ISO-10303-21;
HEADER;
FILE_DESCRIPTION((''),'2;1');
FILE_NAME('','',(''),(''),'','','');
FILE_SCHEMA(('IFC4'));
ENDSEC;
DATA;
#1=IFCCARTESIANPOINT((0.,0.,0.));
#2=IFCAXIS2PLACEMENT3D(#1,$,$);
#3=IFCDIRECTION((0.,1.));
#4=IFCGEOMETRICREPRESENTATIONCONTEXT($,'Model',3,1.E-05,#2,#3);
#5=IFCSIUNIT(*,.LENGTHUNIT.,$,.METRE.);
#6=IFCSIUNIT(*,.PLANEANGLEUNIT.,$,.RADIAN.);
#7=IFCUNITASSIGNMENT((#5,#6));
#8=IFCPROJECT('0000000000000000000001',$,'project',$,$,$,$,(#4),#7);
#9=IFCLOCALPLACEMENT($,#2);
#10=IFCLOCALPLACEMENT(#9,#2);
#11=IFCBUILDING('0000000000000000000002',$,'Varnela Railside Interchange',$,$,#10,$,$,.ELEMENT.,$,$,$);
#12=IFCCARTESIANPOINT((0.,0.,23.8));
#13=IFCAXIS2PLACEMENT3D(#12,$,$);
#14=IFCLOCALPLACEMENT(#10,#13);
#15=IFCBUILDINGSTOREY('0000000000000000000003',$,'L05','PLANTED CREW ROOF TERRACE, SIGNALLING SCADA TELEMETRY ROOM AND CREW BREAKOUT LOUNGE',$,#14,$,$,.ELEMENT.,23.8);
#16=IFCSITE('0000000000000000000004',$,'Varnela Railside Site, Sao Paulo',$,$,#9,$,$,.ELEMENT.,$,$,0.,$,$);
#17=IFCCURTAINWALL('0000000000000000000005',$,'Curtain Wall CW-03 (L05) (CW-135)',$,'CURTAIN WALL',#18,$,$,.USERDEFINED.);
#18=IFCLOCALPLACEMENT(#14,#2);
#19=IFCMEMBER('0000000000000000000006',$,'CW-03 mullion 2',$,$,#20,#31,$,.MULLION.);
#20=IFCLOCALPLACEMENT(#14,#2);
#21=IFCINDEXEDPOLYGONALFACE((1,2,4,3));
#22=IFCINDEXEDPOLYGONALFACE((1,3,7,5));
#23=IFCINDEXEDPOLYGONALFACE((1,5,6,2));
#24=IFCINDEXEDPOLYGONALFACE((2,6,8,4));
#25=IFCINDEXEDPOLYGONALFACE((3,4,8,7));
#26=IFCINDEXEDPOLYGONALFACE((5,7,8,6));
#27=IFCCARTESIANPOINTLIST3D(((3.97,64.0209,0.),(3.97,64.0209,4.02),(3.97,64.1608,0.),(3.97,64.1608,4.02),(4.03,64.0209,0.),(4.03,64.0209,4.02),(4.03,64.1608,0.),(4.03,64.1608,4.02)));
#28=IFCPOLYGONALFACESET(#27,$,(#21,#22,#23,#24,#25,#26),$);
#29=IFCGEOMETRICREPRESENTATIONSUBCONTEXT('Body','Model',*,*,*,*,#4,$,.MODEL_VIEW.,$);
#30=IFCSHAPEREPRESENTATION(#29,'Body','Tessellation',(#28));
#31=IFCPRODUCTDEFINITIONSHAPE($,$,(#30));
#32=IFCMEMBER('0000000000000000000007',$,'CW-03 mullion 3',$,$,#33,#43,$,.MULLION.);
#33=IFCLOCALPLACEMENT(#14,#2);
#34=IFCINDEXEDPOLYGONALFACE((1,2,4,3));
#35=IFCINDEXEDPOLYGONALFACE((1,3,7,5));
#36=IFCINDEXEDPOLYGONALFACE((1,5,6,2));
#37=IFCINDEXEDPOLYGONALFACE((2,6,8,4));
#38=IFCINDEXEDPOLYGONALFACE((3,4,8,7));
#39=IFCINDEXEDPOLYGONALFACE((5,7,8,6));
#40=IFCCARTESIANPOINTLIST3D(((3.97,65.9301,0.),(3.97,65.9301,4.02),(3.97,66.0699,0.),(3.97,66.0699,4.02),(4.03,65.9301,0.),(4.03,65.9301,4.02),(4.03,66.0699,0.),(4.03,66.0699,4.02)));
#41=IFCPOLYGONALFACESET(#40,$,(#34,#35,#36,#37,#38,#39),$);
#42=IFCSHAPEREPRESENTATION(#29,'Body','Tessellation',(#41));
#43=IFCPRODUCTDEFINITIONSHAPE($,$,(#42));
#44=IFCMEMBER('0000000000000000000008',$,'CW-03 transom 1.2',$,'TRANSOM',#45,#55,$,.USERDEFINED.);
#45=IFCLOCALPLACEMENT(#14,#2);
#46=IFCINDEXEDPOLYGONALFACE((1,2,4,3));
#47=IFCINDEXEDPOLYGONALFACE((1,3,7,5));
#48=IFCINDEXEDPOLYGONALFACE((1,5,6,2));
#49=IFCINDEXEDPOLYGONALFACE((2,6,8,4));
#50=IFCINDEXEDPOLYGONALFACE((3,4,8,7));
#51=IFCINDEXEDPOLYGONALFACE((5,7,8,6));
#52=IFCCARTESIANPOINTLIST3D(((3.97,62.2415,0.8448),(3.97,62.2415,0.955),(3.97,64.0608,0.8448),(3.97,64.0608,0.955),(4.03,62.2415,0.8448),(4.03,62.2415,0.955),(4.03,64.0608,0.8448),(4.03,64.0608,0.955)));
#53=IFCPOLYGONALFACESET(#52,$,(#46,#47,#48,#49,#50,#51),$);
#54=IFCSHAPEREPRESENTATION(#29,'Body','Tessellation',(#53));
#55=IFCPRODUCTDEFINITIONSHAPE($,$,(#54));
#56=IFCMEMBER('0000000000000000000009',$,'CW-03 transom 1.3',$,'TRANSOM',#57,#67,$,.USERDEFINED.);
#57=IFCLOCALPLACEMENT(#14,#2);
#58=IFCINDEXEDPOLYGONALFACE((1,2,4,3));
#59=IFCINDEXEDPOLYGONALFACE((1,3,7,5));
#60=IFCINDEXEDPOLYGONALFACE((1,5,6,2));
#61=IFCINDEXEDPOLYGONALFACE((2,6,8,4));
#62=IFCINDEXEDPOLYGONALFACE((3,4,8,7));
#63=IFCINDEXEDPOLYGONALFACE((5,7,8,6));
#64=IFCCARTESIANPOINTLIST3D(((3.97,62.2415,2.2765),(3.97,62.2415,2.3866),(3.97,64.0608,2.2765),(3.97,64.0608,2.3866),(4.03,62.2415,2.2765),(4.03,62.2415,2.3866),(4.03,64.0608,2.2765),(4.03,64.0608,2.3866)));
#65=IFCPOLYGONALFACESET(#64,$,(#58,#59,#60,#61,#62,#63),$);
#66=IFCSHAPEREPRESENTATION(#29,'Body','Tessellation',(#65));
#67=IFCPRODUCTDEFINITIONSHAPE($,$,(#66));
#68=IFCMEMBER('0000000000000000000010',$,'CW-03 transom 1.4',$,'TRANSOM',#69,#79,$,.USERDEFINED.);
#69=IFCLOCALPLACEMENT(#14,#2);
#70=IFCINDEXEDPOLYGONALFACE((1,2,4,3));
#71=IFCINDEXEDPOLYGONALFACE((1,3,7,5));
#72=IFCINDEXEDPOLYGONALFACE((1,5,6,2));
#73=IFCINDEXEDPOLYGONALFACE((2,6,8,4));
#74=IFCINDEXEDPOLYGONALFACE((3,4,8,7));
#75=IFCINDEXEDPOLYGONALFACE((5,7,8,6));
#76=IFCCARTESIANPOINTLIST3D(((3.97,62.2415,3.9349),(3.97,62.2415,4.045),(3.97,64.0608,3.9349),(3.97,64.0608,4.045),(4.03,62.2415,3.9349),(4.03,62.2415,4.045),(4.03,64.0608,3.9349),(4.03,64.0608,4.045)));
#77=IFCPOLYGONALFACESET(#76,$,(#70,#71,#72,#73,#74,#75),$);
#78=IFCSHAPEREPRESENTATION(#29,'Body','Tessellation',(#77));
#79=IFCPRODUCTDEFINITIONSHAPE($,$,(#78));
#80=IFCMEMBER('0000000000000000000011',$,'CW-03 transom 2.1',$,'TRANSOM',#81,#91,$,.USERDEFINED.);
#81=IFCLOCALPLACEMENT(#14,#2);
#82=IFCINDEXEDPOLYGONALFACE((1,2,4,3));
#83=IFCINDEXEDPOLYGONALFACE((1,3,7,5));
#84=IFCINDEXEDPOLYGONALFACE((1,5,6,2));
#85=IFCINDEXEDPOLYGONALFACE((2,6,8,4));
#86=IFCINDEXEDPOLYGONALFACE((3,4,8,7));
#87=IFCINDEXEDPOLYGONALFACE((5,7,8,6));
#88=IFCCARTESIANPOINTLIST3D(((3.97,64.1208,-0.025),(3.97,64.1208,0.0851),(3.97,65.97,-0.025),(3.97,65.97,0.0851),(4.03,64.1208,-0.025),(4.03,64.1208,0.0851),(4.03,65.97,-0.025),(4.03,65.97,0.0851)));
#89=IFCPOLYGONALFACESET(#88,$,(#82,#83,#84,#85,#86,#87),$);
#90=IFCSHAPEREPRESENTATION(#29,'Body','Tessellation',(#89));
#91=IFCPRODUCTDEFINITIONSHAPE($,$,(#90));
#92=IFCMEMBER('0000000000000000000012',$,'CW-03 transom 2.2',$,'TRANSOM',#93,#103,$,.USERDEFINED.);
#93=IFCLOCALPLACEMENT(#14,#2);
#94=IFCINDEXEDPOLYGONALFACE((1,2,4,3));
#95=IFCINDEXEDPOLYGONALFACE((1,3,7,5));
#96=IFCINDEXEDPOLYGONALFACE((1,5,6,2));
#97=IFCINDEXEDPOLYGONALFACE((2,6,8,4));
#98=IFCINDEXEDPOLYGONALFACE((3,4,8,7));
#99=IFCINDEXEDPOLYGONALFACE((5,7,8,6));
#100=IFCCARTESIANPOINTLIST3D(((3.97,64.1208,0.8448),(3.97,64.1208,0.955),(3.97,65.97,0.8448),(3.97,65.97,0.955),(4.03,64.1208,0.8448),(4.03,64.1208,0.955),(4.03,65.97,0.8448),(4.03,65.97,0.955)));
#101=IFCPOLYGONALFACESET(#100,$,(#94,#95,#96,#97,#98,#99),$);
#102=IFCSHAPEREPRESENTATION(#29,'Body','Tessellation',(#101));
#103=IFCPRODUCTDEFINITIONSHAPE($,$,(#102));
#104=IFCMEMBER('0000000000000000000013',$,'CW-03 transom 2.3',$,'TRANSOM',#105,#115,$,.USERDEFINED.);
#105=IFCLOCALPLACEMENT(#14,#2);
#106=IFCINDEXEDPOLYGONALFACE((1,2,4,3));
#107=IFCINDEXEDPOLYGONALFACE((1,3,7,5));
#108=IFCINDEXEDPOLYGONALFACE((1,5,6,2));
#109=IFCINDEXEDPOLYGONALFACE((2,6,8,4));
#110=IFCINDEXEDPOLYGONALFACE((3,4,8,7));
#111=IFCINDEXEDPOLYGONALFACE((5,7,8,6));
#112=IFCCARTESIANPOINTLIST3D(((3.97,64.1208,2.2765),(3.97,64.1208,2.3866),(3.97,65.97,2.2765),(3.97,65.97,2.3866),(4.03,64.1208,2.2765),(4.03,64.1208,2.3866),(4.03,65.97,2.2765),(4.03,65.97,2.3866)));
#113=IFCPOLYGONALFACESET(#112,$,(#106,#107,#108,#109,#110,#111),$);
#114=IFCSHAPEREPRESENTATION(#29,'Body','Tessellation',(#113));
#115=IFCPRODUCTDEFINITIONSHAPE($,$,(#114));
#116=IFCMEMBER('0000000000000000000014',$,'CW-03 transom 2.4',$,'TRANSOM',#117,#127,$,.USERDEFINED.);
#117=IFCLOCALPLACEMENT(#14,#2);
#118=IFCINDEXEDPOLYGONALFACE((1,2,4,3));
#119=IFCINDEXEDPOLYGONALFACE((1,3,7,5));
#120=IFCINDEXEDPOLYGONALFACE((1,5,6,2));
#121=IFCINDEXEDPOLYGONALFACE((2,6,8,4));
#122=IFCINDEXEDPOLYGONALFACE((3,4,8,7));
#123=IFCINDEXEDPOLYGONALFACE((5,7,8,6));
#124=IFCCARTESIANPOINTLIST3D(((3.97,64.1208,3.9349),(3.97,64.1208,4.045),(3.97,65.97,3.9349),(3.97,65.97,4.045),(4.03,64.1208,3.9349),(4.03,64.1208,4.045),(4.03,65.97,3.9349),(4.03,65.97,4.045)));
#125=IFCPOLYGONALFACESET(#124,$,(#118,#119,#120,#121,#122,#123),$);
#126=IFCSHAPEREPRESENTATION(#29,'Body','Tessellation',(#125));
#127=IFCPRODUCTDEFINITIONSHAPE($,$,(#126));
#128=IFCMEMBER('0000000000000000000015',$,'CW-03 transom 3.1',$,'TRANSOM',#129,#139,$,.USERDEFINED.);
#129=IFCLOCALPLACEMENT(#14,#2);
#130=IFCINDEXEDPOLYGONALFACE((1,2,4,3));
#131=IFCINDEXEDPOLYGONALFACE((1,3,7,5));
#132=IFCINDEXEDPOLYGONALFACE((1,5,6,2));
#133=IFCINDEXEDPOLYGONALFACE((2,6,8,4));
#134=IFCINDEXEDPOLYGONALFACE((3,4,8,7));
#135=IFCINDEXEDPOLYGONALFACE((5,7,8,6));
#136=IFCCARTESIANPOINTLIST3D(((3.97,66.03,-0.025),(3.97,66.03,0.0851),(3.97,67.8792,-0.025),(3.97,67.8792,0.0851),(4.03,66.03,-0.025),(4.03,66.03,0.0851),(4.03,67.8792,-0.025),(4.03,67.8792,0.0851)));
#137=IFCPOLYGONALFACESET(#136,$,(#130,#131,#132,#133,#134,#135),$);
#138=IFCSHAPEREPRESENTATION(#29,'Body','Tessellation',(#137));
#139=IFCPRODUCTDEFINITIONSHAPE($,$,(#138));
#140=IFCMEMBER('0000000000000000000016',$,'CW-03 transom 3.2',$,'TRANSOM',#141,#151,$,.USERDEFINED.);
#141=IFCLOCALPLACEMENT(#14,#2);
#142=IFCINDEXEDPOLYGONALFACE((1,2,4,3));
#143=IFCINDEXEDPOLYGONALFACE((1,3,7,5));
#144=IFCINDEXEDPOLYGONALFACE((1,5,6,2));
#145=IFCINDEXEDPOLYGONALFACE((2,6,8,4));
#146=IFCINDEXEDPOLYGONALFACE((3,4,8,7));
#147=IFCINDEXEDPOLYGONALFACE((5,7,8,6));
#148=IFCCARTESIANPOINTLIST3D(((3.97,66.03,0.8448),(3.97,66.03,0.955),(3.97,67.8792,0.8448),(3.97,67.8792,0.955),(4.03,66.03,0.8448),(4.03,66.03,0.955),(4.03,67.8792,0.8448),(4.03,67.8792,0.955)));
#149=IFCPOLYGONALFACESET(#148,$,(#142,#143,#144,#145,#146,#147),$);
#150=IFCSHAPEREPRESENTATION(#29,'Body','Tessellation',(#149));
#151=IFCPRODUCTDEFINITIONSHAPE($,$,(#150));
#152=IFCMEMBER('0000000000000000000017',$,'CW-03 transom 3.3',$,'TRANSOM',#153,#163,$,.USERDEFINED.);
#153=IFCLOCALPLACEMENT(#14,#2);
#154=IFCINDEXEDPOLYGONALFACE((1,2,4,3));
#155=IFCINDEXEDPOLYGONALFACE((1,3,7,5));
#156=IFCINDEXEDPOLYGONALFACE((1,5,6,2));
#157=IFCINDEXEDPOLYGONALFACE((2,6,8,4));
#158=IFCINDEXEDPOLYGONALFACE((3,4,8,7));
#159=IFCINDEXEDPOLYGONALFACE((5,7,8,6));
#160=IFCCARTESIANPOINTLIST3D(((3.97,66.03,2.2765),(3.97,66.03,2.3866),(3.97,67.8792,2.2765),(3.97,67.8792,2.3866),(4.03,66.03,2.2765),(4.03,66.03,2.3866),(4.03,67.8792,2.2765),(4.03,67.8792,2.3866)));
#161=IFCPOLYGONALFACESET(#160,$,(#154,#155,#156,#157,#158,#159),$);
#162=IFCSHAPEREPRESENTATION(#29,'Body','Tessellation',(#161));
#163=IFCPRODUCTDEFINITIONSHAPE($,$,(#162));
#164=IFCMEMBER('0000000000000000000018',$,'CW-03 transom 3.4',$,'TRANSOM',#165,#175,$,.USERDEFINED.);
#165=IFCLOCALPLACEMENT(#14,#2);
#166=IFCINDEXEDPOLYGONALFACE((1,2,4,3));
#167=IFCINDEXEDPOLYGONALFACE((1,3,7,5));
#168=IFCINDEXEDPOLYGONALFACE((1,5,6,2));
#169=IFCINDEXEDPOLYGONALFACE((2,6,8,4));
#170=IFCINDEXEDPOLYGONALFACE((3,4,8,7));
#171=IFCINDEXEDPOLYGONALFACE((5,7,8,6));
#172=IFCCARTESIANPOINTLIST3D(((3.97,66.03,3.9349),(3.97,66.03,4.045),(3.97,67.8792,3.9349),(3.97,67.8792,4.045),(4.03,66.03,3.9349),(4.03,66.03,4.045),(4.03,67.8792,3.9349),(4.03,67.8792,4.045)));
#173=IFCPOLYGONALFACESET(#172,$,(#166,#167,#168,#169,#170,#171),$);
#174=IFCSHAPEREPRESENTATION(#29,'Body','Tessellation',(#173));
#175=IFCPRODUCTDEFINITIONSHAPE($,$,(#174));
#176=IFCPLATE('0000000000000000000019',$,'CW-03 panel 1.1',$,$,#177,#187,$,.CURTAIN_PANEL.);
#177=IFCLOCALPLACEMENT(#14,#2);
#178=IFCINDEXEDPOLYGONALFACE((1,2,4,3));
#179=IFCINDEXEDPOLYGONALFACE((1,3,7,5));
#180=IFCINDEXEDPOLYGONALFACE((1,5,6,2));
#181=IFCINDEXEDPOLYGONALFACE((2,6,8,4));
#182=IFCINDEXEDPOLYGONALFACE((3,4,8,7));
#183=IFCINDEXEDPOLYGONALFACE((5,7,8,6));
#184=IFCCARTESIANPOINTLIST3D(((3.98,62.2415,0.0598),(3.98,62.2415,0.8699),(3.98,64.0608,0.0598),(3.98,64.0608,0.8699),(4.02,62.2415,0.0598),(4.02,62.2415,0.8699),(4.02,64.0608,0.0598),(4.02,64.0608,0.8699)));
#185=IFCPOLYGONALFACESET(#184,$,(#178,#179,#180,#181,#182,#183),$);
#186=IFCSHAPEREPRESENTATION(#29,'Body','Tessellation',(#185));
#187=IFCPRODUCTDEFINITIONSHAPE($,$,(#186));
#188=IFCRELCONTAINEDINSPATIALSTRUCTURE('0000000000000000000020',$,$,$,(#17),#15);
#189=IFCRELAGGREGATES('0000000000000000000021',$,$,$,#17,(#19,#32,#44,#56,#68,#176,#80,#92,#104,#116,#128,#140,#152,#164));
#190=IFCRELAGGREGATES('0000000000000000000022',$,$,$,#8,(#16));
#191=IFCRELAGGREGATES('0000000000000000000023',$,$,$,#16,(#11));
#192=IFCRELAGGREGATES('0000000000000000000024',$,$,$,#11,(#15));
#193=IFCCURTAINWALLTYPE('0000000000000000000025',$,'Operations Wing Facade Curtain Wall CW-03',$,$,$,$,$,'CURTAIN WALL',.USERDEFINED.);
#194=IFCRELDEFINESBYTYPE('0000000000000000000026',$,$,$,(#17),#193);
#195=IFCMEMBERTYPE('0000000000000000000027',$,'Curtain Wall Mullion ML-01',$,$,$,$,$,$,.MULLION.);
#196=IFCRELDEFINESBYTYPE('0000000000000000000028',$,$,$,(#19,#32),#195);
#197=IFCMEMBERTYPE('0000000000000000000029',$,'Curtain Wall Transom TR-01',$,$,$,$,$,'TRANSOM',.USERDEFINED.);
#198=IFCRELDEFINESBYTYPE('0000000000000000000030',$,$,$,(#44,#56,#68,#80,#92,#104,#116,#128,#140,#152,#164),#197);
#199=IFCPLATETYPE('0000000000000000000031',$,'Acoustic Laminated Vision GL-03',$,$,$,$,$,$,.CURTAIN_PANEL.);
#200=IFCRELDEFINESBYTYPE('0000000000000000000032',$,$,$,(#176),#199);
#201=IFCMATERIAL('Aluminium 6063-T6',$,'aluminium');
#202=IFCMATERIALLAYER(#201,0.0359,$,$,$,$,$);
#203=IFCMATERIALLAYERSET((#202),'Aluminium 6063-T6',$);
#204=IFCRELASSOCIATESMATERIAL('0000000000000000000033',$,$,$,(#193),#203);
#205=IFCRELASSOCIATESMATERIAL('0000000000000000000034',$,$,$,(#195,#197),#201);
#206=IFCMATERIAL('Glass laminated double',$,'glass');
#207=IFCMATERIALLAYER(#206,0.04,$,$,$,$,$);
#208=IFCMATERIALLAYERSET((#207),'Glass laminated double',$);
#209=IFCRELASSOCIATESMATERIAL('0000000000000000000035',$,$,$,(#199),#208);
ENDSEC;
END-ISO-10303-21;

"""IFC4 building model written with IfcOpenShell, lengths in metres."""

from ifc_helpers import new_model, si_unit, direction, frame, origin, origin_2d, place, context, subcontext, project, spatial, rectangle, extrude, material, layer, layer_set, material_profile, profile_set, type_object, element, aggregate, save


model = new_model("IFC4")

# Units and contexts
model_context = context("Model", 3, precision=1e-05, world=origin(), true_north=direction((0.0, 1.0)))
body_context = subcontext(model_context, "Body", "Model", "MODEL_VIEW")
ifc_project = project(units=[si_unit("LENGTHUNIT", "METRE"), si_unit("PLANEANGLEUNIT", "RADIAN")], contexts=[model_context])

# Site, building, storey
site_placement = place(None, origin())
site = spatial("IfcSite", under=ifc_project, at=site_placement, Name="Varnela Railside Site, Sao Paulo", CompositionType="ELEMENT", RefElevation=0.0)
building_placement = place(site_placement, origin())
building = spatial("IfcBuilding", under=site, at=building_placement, Name="Varnela Railside Interchange", CompositionType="ELEMENT")
storey_placement = place(building_placement, frame((0.0, 0.0, 23.8)))
storey = spatial("IfcBuildingStorey", under=building, at=storey_placement, Name="L05", Description="PLANTED CREW ROOF TERRACE, SIGNALLING SCADA TELEMETRY ROOM AND CREW BREAKOUT LOUNGE", CompositionType="ELEMENT", Elevation=23.8)

# Curtain wall, members, plate
ifc_material_1 = material(Name="Aluminium 6063-T6", Category="aluminium")
ifc_layer_1 = layer(ifc_material_1, 0.0359)
ifc_layer_set_1 = layer_set([ifc_layer_1], Name="Aluminium 6063-T6")
curtain_wall_type = type_object("IfcCurtainWallType", Name="Operations Wing Facade Curtain Wall CW-03", ElementType="CURTAIN WALL", PredefinedType="USERDEFINED", material=ifc_layer_set_1)
curtain_wall_placement = place(storey_placement, origin())
curtain_wall = element("IfcCurtainWall", 1, at=curtain_wall_placement, inside=storey, type_object=curtain_wall_type, Name="Curtain Wall CW-03 (L05) (CW-135)", ObjectType="CURTAIN WALL", PredefinedType="USERDEFINED")
ifc_material_profile_1 = material_profile(ifc_material_1, rectangle(XDim=0.0601, YDim=0.1399, at=origin_2d()), Name="ALU 60x140")
ifc_profile_set_1 = profile_set([ifc_material_profile_1], Name="Aluminium 6063-T6")
member_type_1 = type_object("IfcMemberType", Name="Curtain Wall Mullion ML-01", PredefinedType="MULLION", material=ifc_profile_set_1)
member_1_placement = place(storey_placement, frame((4.0, 64.0908, 0.0), z_axis=(0.0, 0.0, 1.0), x_axis=(-1.0, 0.0, 0.0)))
member_1 = element("IfcMember", 2, at=member_1_placement, type_object=member_type_1, Name="CW-03 mullion 2", PredefinedType="MULLION", context=body_context, shape_type="SweptSolid", body=[
    extrude(rectangle(XDim=0.0601, YDim=0.1399, at=origin_2d()), origin(), (0.0, 0.0, 1.0), 4.02),
])
member_2_placement = place(storey_placement, frame((4.0, 66.0, 0.0), z_axis=(0.0, 0.0, 1.0), x_axis=(-1.0, 0.0, 0.0)))
member_2 = element("IfcMember", 3, at=member_2_placement, type_object=member_type_1, Name="CW-03 mullion 3", PredefinedType="MULLION", context=body_context, shape_type="SweptSolid", body=[
    extrude(rectangle(XDim=0.0601, YDim=0.1399, at=origin_2d()), origin(), (0.0, 0.0, 1.0), 4.02),
])
ifc_material_profile_2 = material_profile(ifc_material_1, rectangle(XDim=0.0601, YDim=0.1101, at=origin_2d()), Name="ALU 60x110")
ifc_profile_set_2 = profile_set([ifc_material_profile_2], Name="Aluminium 6063-T6")
member_type_2 = type_object("IfcMemberType", Name="Curtain Wall Transom TR-01", ElementType="TRANSOM", PredefinedType="USERDEFINED", material=ifc_profile_set_2)
member_3_placement = place(storey_placement, frame((4.0, 62.2415, 0.8999), z_axis=(0.0, 1.0, 0.0), x_axis=(-1.0, 0.0, 0.0)))
member_3 = element("IfcMember", 4, at=member_3_placement, type_object=member_type_2, Name="CW-03 transom 1.2", ObjectType="TRANSOM", PredefinedType="USERDEFINED", context=body_context, shape_type="SweptSolid", body=[
    extrude(rectangle(XDim=0.0601, YDim=0.1101, at=origin_2d()), origin(), (0.0, 0.0, 1.0), 1.8193),
])
member_4_placement = place(storey_placement, frame((4.0, 62.2415, 2.3315), z_axis=(0.0, 1.0, 0.0), x_axis=(-1.0, 0.0, 0.0)))
member_4 = element("IfcMember", 5, at=member_4_placement, type_object=member_type_2, Name="CW-03 transom 1.3", ObjectType="TRANSOM", PredefinedType="USERDEFINED", context=body_context, shape_type="SweptSolid", body=[
    extrude(rectangle(XDim=0.0601, YDim=0.1101, at=origin_2d()), origin(), (0.0, 0.0, 1.0), 1.8193),
])
member_5_placement = place(storey_placement, frame((4.0, 62.2415, 3.99), z_axis=(0.0, 1.0, 0.0), x_axis=(-1.0, 0.0, 0.0)))
member_5 = element("IfcMember", 6, at=member_5_placement, type_object=member_type_2, Name="CW-03 transom 1.4", ObjectType="TRANSOM", PredefinedType="USERDEFINED", context=body_context, shape_type="SweptSolid", body=[
    extrude(rectangle(XDim=0.0601, YDim=0.1101, at=origin_2d()), origin(), (0.0, 0.0, 1.0), 1.8193),
])
member_6_placement = place(storey_placement, frame((4.0, 64.1208, 0.03), z_axis=(0.0, 1.0, 0.0), x_axis=(-1.0, 0.0, 0.0)))
member_6 = element("IfcMember", 7, at=member_6_placement, type_object=member_type_2, Name="CW-03 transom 2.1", ObjectType="TRANSOM", PredefinedType="USERDEFINED", context=body_context, shape_type="SweptSolid", body=[
    extrude(rectangle(XDim=0.0601, YDim=0.1101, at=origin_2d()), origin(), (0.0, 0.0, 1.0), 1.8491),
])
member_7_placement = place(storey_placement, frame((4.0, 64.1208, 0.8999), z_axis=(0.0, 1.0, 0.0), x_axis=(-1.0, 0.0, 0.0)))
member_7 = element("IfcMember", 8, at=member_7_placement, type_object=member_type_2, Name="CW-03 transom 2.2", ObjectType="TRANSOM", PredefinedType="USERDEFINED", context=body_context, shape_type="SweptSolid", body=[
    extrude(rectangle(XDim=0.0601, YDim=0.1101, at=origin_2d()), origin(), (0.0, 0.0, 1.0), 1.8491),
])
member_8_placement = place(storey_placement, frame((4.0, 64.1208, 2.3315), z_axis=(0.0, 1.0, 0.0), x_axis=(-1.0, 0.0, 0.0)))
member_8 = element("IfcMember", 9, at=member_8_placement, type_object=member_type_2, Name="CW-03 transom 2.3", ObjectType="TRANSOM", PredefinedType="USERDEFINED", context=body_context, shape_type="SweptSolid", body=[
    extrude(rectangle(XDim=0.0601, YDim=0.1101, at=origin_2d()), origin(), (0.0, 0.0, 1.0), 1.8491),
])
member_9_placement = place(storey_placement, frame((4.0, 64.1208, 3.99), z_axis=(0.0, 1.0, 0.0), x_axis=(-1.0, 0.0, 0.0)))
member_9 = element("IfcMember", 10, at=member_9_placement, type_object=member_type_2, Name="CW-03 transom 2.4", ObjectType="TRANSOM", PredefinedType="USERDEFINED", context=body_context, shape_type="SweptSolid", body=[
    extrude(rectangle(XDim=0.0601, YDim=0.1101, at=origin_2d()), origin(), (0.0, 0.0, 1.0), 1.8491),
])
member_10_placement = place(storey_placement, frame((4.0, 66.03, 0.03), z_axis=(0.0, 1.0, 0.0), x_axis=(-1.0, 0.0, 0.0)))
member_10 = element("IfcMember", 11, at=member_10_placement, type_object=member_type_2, Name="CW-03 transom 3.1", ObjectType="TRANSOM", PredefinedType="USERDEFINED", context=body_context, shape_type="SweptSolid", body=[
    extrude(rectangle(XDim=0.0601, YDim=0.1101, at=origin_2d()), origin(), (0.0, 0.0, 1.0), 1.8491),
])
member_11_placement = place(storey_placement, frame((4.0, 66.03, 0.8999), z_axis=(0.0, 1.0, 0.0), x_axis=(-1.0, 0.0, 0.0)))
member_11 = element("IfcMember", 12, at=member_11_placement, type_object=member_type_2, Name="CW-03 transom 3.2", ObjectType="TRANSOM", PredefinedType="USERDEFINED", context=body_context, shape_type="SweptSolid", body=[
    extrude(rectangle(XDim=0.0601, YDim=0.1101, at=origin_2d()), origin(), (0.0, 0.0, 1.0), 1.8491),
])
member_12_placement = place(storey_placement, frame((4.0, 66.03, 2.3315), z_axis=(0.0, 1.0, 0.0), x_axis=(-1.0, 0.0, 0.0)))
member_12 = element("IfcMember", 13, at=member_12_placement, type_object=member_type_2, Name="CW-03 transom 3.3", ObjectType="TRANSOM", PredefinedType="USERDEFINED", context=body_context, shape_type="SweptSolid", body=[
    extrude(rectangle(XDim=0.0601, YDim=0.1101, at=origin_2d()), origin(), (0.0, 0.0, 1.0), 1.8491),
])
member_13_placement = place(storey_placement, frame((4.0, 66.03, 3.99), z_axis=(0.0, 1.0, 0.0), x_axis=(-1.0, 0.0, 0.0)))
member_13 = element("IfcMember", 14, at=member_13_placement, type_object=member_type_2, Name="CW-03 transom 3.4", ObjectType="TRANSOM", PredefinedType="USERDEFINED", context=body_context, shape_type="SweptSolid", body=[
    extrude(rectangle(XDim=0.0601, YDim=0.1101, at=origin_2d()), origin(), (0.0, 0.0, 1.0), 1.8491),
])
ifc_material_2 = material(Name="Glass laminated double", Category="glass")
ifc_layer_2 = layer(ifc_material_2, 0.04)
ifc_layer_set_2 = layer_set([ifc_layer_2], Name="Glass laminated double")
plate_type = type_object("IfcPlateType", Name="Acoustic Laminated Vision GL-03", PredefinedType="CURTAIN_PANEL", material=ifc_layer_set_2)
plate_1_placement = place(storey_placement, frame((4.0, 63.1511, 0.0598), z_axis=(0.0, 0.0, 1.0), x_axis=(0.0, 1.0, 0.0)))
plate_1 = element("IfcPlate", 15, at=plate_1_placement, type_object=plate_type, Name="CW-03 panel 1.1", PredefinedType="CURTAIN_PANEL", context=body_context, shape_type="SweptSolid", body=[
    extrude(rectangle(XDim=1.8193, YDim=0.04, at=origin_2d()), origin(), (0.0, 0.0, 1.0), 0.8101),
])
aggregate(curtain_wall, [member_1, member_2, member_3, member_4, member_5, plate_1, member_6, member_7, member_8, member_9, member_10, member_11, member_12, member_13])

save(model, "model.ifc")
